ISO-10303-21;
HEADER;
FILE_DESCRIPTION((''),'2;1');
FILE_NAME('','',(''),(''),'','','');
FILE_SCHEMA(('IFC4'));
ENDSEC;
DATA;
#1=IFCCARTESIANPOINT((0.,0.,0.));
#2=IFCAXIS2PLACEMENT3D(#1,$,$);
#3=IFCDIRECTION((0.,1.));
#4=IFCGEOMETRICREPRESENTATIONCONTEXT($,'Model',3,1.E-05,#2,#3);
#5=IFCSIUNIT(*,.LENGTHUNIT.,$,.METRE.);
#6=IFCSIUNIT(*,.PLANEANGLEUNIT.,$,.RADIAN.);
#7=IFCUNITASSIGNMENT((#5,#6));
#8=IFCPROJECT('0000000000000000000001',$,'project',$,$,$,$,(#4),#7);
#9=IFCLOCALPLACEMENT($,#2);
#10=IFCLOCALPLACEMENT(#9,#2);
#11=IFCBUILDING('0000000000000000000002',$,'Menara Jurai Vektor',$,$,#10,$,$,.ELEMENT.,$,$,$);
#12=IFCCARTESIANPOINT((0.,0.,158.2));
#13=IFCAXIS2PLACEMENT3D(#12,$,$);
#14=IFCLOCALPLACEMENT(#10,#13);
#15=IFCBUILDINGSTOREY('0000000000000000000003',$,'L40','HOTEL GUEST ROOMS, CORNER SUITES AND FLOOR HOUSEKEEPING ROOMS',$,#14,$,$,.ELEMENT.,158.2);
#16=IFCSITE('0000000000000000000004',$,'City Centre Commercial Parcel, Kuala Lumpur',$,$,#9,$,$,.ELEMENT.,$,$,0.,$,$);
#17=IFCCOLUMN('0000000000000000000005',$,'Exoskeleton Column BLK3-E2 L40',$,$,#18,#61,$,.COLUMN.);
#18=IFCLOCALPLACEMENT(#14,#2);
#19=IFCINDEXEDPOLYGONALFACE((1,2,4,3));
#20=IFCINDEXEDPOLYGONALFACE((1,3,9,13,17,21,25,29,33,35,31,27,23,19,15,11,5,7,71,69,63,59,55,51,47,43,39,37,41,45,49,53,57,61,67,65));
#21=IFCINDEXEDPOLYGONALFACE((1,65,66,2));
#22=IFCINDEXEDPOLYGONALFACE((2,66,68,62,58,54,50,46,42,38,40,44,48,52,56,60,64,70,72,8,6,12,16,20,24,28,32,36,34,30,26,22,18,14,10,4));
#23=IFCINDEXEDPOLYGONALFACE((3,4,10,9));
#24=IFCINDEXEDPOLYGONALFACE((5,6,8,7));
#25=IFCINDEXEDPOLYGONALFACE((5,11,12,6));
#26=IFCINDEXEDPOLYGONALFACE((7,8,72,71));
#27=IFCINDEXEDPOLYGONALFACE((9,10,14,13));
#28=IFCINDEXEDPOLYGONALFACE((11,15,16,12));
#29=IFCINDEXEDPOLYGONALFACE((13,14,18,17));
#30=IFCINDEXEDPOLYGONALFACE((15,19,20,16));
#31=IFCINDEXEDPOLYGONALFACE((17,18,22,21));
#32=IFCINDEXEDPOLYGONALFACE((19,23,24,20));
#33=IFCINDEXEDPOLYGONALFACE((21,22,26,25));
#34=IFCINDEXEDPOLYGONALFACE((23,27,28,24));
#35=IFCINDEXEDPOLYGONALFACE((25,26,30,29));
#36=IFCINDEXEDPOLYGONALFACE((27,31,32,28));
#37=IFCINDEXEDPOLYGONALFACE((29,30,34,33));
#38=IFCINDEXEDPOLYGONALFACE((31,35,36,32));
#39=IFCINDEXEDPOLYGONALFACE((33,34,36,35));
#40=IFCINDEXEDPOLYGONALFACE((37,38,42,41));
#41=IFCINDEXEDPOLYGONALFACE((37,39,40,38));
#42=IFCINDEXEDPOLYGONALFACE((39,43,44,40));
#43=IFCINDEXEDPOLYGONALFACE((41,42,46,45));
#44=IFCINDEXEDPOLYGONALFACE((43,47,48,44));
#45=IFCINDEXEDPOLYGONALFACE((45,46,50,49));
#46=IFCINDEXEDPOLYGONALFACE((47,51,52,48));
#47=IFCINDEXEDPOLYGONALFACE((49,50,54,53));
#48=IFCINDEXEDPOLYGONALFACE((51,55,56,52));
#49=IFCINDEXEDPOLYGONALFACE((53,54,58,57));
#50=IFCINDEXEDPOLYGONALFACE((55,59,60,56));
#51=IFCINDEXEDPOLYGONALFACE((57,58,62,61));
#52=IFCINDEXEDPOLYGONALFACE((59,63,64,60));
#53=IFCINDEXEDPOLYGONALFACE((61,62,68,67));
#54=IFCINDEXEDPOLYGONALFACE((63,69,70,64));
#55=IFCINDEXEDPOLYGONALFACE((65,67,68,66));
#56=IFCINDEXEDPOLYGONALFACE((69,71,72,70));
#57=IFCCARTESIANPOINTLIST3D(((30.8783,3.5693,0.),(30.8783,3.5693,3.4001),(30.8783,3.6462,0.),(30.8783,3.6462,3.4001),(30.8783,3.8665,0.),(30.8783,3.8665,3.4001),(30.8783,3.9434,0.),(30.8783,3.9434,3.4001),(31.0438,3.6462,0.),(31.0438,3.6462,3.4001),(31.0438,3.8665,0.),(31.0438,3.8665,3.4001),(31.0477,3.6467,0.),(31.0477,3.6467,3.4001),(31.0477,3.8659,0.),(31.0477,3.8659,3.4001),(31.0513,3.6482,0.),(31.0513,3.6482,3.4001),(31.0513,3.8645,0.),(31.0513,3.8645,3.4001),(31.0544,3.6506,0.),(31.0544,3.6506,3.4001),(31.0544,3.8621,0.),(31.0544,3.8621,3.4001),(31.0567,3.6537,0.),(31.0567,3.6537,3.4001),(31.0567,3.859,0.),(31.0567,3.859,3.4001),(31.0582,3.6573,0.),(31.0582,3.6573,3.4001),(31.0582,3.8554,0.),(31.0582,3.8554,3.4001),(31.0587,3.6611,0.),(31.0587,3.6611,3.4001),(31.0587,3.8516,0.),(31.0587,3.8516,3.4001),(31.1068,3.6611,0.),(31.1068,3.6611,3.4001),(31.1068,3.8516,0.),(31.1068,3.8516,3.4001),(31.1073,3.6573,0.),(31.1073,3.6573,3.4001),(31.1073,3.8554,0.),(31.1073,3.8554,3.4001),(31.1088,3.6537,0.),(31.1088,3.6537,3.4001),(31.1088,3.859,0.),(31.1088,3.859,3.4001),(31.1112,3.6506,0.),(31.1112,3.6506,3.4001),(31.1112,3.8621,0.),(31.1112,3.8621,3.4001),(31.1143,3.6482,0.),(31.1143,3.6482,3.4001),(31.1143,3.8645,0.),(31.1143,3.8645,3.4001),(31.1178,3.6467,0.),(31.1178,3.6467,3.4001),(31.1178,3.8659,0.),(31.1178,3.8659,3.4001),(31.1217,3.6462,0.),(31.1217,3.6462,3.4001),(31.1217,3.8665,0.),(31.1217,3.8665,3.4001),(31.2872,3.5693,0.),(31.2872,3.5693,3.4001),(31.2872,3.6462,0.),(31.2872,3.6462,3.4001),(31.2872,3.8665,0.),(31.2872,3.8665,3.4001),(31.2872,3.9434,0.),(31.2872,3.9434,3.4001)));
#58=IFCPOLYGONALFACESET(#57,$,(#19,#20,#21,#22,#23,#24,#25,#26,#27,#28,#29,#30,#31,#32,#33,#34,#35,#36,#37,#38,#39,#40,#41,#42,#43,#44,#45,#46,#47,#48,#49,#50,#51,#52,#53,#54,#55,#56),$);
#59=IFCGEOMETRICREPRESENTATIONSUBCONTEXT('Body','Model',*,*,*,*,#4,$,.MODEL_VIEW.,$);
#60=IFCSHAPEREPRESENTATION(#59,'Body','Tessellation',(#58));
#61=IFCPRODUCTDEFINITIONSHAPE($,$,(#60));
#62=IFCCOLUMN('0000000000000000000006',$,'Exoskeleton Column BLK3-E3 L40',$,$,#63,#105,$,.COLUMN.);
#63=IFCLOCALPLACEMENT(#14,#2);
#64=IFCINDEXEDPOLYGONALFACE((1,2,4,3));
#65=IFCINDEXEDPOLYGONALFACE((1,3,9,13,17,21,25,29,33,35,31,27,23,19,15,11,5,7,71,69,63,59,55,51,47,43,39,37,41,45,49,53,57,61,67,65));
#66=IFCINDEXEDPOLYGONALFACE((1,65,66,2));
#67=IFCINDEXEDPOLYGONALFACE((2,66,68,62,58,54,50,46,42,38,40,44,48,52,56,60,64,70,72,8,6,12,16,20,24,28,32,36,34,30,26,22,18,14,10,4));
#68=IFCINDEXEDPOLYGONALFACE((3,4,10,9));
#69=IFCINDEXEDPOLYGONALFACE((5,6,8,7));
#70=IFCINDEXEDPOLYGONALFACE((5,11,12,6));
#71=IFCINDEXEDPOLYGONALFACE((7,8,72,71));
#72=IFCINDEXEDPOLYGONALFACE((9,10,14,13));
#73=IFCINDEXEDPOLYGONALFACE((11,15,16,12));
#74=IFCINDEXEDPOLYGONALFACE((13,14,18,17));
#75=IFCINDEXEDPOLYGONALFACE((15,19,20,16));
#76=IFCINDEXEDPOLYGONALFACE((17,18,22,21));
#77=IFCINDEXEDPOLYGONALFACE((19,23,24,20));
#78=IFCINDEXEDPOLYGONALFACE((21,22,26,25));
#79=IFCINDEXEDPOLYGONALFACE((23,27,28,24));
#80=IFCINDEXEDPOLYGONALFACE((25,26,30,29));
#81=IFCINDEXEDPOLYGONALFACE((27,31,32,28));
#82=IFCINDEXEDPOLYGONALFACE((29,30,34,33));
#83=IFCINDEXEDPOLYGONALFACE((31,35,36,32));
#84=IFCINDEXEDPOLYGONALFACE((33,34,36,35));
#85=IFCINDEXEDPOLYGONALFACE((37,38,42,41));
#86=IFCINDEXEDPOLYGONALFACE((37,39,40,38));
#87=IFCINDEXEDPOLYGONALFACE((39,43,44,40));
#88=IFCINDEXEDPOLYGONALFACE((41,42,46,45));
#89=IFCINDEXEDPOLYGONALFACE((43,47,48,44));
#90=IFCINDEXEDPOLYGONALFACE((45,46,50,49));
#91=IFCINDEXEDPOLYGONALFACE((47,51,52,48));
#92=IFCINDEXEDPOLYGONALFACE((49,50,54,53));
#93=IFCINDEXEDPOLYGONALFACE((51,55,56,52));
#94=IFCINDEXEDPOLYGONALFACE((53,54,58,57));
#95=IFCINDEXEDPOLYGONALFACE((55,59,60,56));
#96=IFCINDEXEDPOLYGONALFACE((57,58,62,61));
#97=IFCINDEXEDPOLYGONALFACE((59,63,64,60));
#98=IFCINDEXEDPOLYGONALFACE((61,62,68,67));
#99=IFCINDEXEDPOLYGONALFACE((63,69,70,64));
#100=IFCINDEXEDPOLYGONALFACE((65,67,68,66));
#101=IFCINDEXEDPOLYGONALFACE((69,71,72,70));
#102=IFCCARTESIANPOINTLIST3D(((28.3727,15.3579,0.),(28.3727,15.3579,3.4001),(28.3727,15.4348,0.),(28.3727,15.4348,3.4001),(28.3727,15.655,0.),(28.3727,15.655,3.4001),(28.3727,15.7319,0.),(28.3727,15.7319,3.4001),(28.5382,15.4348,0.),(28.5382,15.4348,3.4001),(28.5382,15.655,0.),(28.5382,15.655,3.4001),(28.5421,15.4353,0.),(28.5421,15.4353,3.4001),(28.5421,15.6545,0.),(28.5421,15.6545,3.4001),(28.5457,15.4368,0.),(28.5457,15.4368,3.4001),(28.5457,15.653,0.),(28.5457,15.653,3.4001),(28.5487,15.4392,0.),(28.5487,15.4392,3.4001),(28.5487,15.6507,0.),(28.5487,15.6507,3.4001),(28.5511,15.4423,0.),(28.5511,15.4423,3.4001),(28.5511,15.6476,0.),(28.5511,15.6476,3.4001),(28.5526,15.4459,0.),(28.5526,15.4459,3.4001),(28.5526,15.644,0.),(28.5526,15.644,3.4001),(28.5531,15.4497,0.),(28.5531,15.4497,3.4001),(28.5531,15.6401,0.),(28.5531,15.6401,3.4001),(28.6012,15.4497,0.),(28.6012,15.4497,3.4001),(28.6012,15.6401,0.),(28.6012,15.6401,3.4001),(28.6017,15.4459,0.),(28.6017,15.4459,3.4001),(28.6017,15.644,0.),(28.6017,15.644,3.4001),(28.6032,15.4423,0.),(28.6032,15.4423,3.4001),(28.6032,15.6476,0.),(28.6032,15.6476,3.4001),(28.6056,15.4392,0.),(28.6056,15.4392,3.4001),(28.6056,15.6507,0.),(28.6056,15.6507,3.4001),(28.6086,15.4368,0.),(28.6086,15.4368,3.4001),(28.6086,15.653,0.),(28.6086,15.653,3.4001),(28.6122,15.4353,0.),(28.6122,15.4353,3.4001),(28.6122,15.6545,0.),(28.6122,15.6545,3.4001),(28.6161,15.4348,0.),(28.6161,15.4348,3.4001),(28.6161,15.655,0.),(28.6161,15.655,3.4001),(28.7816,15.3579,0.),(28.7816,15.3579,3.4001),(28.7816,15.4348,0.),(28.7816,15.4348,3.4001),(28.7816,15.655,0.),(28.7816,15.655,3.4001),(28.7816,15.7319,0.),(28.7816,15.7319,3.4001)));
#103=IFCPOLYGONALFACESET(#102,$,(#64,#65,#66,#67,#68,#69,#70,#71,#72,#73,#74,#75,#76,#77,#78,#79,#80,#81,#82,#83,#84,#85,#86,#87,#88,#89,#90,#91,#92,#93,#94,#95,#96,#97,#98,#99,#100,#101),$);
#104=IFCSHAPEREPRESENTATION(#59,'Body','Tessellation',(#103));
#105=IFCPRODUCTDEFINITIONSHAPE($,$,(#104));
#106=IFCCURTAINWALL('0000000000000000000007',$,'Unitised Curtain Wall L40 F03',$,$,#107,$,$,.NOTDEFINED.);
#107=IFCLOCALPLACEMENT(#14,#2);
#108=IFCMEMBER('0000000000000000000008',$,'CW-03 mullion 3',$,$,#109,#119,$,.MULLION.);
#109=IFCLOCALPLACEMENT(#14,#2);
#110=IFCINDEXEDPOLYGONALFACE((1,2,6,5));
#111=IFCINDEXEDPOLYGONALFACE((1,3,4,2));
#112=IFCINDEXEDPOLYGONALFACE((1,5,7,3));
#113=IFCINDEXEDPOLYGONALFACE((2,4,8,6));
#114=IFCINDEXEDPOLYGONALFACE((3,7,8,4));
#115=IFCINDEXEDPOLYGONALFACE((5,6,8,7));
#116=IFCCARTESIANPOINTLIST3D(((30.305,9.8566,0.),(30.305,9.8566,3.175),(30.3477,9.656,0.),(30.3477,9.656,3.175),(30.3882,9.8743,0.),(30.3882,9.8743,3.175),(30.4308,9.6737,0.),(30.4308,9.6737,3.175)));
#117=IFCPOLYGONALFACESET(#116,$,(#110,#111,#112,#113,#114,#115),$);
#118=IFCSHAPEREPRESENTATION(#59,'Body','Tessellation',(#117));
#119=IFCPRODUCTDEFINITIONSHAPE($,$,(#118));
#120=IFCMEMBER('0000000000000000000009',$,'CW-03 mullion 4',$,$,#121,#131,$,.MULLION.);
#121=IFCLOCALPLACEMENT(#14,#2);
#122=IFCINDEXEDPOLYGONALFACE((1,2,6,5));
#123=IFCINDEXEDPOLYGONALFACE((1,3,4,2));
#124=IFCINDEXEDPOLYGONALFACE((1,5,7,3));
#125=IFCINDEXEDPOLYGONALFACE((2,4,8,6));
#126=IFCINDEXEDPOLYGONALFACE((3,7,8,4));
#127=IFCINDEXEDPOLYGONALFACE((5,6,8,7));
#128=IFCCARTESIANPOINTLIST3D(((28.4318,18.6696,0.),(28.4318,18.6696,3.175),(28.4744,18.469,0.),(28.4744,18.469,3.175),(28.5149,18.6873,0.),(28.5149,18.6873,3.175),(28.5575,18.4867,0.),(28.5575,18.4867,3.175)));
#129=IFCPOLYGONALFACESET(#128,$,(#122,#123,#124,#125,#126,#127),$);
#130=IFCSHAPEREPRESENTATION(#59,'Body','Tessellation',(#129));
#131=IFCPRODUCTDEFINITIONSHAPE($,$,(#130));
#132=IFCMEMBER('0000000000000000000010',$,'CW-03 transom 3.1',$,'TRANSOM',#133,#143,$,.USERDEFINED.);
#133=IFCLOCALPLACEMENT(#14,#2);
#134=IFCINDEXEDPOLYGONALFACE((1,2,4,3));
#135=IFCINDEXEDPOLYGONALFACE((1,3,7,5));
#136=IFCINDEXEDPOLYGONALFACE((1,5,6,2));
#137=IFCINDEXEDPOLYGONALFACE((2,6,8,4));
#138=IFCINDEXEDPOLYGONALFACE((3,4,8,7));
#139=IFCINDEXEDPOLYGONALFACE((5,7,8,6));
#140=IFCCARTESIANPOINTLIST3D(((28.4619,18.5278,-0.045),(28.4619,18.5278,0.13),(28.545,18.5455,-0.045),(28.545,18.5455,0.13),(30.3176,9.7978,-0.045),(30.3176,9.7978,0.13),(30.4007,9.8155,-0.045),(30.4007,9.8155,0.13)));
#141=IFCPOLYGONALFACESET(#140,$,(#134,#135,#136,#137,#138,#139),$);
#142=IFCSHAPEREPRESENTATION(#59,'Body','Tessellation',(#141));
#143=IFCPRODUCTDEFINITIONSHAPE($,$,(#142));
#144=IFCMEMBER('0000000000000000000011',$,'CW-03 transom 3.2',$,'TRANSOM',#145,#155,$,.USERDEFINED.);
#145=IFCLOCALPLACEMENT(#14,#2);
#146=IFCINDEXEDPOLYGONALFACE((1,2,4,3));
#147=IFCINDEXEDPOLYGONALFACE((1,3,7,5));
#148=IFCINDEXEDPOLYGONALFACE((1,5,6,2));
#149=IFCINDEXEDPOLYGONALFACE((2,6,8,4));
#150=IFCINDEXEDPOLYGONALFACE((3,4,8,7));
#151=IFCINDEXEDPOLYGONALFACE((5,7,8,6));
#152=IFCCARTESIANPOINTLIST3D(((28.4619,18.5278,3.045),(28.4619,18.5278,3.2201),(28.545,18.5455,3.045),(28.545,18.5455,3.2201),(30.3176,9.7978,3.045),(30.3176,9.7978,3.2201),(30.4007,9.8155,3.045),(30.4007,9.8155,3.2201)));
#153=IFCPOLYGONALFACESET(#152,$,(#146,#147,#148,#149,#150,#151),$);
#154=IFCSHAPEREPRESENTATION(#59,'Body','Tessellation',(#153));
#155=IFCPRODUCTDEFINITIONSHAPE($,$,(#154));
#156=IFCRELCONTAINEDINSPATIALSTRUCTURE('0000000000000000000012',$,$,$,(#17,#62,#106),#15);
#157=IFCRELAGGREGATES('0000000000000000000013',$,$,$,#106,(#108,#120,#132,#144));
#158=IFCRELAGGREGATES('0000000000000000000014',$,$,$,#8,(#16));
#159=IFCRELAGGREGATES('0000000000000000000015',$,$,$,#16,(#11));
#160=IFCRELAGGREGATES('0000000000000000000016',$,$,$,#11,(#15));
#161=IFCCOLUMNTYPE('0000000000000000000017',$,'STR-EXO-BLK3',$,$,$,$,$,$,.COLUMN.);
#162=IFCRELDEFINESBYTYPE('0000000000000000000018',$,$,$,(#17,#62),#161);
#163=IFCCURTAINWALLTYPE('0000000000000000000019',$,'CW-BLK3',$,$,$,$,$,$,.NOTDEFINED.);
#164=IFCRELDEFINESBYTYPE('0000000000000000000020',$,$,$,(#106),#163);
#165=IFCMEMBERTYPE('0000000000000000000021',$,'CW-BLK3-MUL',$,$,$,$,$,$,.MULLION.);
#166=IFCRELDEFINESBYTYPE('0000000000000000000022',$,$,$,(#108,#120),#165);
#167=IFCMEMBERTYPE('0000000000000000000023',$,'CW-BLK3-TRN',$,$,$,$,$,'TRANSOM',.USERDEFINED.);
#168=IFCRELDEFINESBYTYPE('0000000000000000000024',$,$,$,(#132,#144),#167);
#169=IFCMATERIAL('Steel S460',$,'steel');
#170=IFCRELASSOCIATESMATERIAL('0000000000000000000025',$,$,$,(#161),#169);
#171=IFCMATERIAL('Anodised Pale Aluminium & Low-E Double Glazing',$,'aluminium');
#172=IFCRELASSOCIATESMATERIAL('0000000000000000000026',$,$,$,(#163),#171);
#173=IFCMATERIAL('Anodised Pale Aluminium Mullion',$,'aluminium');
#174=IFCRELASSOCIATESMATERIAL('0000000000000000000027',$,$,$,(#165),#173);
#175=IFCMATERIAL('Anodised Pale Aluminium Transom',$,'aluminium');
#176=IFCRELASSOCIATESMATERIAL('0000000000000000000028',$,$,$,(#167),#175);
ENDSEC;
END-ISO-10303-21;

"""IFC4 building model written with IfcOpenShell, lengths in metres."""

from ifc_helpers import new_model, si_unit, direction, frame, origin, origin_2d, place, context, subcontext, project, spatial, rectangle, i_section, extrude, material, material_profile, profile_set, type_object, element, aggregate, save


model = new_model("IFC4")

# Units and contexts
model_context = context("Model", 3, precision=1e-05, world=origin(), true_north=direction((0.0, 1.0)))
body_context = subcontext(model_context, "Body", "Model", "MODEL_VIEW")
ifc_project = project(units=[si_unit("LENGTHUNIT", "METRE"), si_unit("PLANEANGLEUNIT", "RADIAN")], contexts=[model_context])

# Site, building, storey
site_placement = place(None, origin())
site = spatial("IfcSite", under=ifc_project, at=site_placement, Name="City Centre Commercial Parcel, Kuala Lumpur", CompositionType="ELEMENT", RefElevation=0.0)
building_placement = place(site_placement, origin())
building = spatial("IfcBuilding", under=site, at=building_placement, Name="Menara Jurai Vektor", CompositionType="ELEMENT")
storey_placement = place(building_placement, frame((0.0, 0.0, 158.2)))
storey = spatial("IfcBuildingStorey", under=building, at=storey_placement, Name="L40", Description="HOTEL GUEST ROOMS, CORNER SUITES AND FLOOR HOUSEKEEPING ROOMS", CompositionType="ELEMENT", Elevation=158.2)

# Columns
ifc_material_1 = material(Name="Steel S460", Category="steel")
ifc_material_profile_1 = material_profile(ifc_material_1, i_section(OverallWidth=0.4089, OverallDepth=0.374, WebThickness=0.0481, FlangeThickness=0.0769, FilletRadius=0.0149, at=origin_2d()), Name="HD 400x634")
ifc_profile_set_1 = profile_set([ifc_material_profile_1], Name="Steel S460")
column_type = type_object("IfcColumnType", Name="STR-EXO-BLK3", PredefinedType="COLUMN", material=ifc_profile_set_1)
for number, where, z_axis, x_axis, name in (
    (1, (31.0828, 3.7563, 0.0), (0.0, 0.0, 1.0), (1.0, 0.0, 0.0), "Exoskeleton Column BLK3-E2 L40"),
    (2, (28.5771, 15.5449, 0.0), (0.0, 0.0, 1.0), (1.0, 0.0, 0.0), "Exoskeleton Column BLK3-E3 L40"),
):
    element("IfcColumn", number, at=place(storey_placement, frame(where, z_axis=z_axis, x_axis=x_axis)), inside=storey, type_object=column_type, Name=name, PredefinedType="COLUMN", context=body_context, shape_type="SweptSolid", body=[
        extrude(i_section(OverallWidth=0.4089, OverallDepth=0.374, WebThickness=0.0481, FlangeThickness=0.0769, FilletRadius=0.0149, at=origin_2d()), origin(), (0.0, 0.0, 1.0), 3.4001),
    ])

# Curtain wall, members
ifc_material_2 = material(Name="Anodised Pale Aluminium & Low-E Double Glazing", Category="aluminium")
curtain_wall_type = type_object("IfcCurtainWallType", Name="CW-BLK3", PredefinedType="NOTDEFINED", material=ifc_material_2)
curtain_wall_placement = place(storey_placement, origin())
curtain_wall = element("IfcCurtainWall", 3, at=curtain_wall_placement, inside=storey, type_object=curtain_wall_type, Name="Unitised Curtain Wall L40 F03", PredefinedType="NOTDEFINED")
ifc_material_3 = material(Name="Anodised Pale Aluminium Mullion", Category="aluminium")
ifc_material_profile_2 = material_profile(ifc_material_3, rectangle(XDim=0.085, YDim=0.2051, at=origin_2d()), Name="ALU MUL 85x205")
ifc_profile_set_2 = profile_set([ifc_material_profile_2], Name="Anodised Pale Aluminium Mullion")
member_type_1 = type_object("IfcMemberType", Name="CW-BLK3-MUL", PredefinedType="MULLION", material=ifc_profile_set_2)
member_1_placement = place(storey_placement, frame((30.3679, 9.7651, 0.0), z_axis=(0.0, 0.0, 1.0), x_axis=(-0.978148, -0.20791, 0.0)))
member_1 = element("IfcMember", 4, at=member_1_placement, type_object=member_type_1, Name="CW-03 mullion 3", PredefinedType="MULLION", context=body_context, shape_type="SweptSolid", body=[
    extrude(rectangle(XDim=0.085, YDim=0.2051, at=origin_2d()), origin(), (0.0, 0.0, 1.0), 3.175),
])
member_2_placement = place(storey_placement, frame((28.4946, 18.5781, 0.0), z_axis=(0.0, 0.0, 1.0), x_axis=(-0.978148, -0.20791, 0.0)))
member_2 = element("IfcMember", 5, at=member_2_placement, type_object=member_type_1, Name="CW-03 mullion 4", PredefinedType="MULLION", context=body_context, shape_type="SweptSolid", body=[
    extrude(rectangle(XDim=0.085, YDim=0.2051, at=origin_2d()), origin(), (0.0, 0.0, 1.0), 3.175),
])
ifc_material_4 = material(Name="Anodised Pale Aluminium Transom", Category="aluminium")
ifc_material_profile_3 = material_profile(ifc_material_4, rectangle(XDim=0.085, YDim=0.175, at=origin_2d()), Name="ALU TRN 85x175")
ifc_profile_set_3 = profile_set([ifc_material_profile_3], Name="Anodised Pale Aluminium Transom")
member_type_2 = type_object("IfcMemberType", Name="CW-BLK3-TRN", ElementType="TRANSOM", PredefinedType="USERDEFINED", material=ifc_profile_set_3)
member_3_placement = place(storey_placement, frame((30.3591, 9.8066, 0.0425), z_axis=(-0.207922, 0.978145, 0.0), x_axis=(-0.978145, -0.207922, 0.0)))
member_3 = element("IfcMember", 6, at=member_3_placement, type_object=member_type_2, Name="CW-03 transom 3.1", ObjectType="TRANSOM", PredefinedType="USERDEFINED", context=body_context, shape_type="SweptSolid", body=[
    extrude(rectangle(XDim=0.085, YDim=0.175, at=origin_2d()), origin(), (0.0, 0.0, 1.0), 8.925),
])
member_4_placement = place(storey_placement, frame((30.3591, 9.8066, 3.1326), z_axis=(-0.207922, 0.978145, 0.0), x_axis=(-0.978145, -0.207922, 0.0)))
member_4 = element("IfcMember", 7, at=member_4_placement, type_object=member_type_2, Name="CW-03 transom 3.2", ObjectType="TRANSOM", PredefinedType="USERDEFINED", context=body_context, shape_type="SweptSolid", body=[
    extrude(rectangle(XDim=0.085, YDim=0.175, at=origin_2d()), origin(), (0.0, 0.0, 1.0), 8.925),
])

aggregate(curtain_wall, [member_1, member_2, member_3, member_4])

save(model, "model.ifc")
